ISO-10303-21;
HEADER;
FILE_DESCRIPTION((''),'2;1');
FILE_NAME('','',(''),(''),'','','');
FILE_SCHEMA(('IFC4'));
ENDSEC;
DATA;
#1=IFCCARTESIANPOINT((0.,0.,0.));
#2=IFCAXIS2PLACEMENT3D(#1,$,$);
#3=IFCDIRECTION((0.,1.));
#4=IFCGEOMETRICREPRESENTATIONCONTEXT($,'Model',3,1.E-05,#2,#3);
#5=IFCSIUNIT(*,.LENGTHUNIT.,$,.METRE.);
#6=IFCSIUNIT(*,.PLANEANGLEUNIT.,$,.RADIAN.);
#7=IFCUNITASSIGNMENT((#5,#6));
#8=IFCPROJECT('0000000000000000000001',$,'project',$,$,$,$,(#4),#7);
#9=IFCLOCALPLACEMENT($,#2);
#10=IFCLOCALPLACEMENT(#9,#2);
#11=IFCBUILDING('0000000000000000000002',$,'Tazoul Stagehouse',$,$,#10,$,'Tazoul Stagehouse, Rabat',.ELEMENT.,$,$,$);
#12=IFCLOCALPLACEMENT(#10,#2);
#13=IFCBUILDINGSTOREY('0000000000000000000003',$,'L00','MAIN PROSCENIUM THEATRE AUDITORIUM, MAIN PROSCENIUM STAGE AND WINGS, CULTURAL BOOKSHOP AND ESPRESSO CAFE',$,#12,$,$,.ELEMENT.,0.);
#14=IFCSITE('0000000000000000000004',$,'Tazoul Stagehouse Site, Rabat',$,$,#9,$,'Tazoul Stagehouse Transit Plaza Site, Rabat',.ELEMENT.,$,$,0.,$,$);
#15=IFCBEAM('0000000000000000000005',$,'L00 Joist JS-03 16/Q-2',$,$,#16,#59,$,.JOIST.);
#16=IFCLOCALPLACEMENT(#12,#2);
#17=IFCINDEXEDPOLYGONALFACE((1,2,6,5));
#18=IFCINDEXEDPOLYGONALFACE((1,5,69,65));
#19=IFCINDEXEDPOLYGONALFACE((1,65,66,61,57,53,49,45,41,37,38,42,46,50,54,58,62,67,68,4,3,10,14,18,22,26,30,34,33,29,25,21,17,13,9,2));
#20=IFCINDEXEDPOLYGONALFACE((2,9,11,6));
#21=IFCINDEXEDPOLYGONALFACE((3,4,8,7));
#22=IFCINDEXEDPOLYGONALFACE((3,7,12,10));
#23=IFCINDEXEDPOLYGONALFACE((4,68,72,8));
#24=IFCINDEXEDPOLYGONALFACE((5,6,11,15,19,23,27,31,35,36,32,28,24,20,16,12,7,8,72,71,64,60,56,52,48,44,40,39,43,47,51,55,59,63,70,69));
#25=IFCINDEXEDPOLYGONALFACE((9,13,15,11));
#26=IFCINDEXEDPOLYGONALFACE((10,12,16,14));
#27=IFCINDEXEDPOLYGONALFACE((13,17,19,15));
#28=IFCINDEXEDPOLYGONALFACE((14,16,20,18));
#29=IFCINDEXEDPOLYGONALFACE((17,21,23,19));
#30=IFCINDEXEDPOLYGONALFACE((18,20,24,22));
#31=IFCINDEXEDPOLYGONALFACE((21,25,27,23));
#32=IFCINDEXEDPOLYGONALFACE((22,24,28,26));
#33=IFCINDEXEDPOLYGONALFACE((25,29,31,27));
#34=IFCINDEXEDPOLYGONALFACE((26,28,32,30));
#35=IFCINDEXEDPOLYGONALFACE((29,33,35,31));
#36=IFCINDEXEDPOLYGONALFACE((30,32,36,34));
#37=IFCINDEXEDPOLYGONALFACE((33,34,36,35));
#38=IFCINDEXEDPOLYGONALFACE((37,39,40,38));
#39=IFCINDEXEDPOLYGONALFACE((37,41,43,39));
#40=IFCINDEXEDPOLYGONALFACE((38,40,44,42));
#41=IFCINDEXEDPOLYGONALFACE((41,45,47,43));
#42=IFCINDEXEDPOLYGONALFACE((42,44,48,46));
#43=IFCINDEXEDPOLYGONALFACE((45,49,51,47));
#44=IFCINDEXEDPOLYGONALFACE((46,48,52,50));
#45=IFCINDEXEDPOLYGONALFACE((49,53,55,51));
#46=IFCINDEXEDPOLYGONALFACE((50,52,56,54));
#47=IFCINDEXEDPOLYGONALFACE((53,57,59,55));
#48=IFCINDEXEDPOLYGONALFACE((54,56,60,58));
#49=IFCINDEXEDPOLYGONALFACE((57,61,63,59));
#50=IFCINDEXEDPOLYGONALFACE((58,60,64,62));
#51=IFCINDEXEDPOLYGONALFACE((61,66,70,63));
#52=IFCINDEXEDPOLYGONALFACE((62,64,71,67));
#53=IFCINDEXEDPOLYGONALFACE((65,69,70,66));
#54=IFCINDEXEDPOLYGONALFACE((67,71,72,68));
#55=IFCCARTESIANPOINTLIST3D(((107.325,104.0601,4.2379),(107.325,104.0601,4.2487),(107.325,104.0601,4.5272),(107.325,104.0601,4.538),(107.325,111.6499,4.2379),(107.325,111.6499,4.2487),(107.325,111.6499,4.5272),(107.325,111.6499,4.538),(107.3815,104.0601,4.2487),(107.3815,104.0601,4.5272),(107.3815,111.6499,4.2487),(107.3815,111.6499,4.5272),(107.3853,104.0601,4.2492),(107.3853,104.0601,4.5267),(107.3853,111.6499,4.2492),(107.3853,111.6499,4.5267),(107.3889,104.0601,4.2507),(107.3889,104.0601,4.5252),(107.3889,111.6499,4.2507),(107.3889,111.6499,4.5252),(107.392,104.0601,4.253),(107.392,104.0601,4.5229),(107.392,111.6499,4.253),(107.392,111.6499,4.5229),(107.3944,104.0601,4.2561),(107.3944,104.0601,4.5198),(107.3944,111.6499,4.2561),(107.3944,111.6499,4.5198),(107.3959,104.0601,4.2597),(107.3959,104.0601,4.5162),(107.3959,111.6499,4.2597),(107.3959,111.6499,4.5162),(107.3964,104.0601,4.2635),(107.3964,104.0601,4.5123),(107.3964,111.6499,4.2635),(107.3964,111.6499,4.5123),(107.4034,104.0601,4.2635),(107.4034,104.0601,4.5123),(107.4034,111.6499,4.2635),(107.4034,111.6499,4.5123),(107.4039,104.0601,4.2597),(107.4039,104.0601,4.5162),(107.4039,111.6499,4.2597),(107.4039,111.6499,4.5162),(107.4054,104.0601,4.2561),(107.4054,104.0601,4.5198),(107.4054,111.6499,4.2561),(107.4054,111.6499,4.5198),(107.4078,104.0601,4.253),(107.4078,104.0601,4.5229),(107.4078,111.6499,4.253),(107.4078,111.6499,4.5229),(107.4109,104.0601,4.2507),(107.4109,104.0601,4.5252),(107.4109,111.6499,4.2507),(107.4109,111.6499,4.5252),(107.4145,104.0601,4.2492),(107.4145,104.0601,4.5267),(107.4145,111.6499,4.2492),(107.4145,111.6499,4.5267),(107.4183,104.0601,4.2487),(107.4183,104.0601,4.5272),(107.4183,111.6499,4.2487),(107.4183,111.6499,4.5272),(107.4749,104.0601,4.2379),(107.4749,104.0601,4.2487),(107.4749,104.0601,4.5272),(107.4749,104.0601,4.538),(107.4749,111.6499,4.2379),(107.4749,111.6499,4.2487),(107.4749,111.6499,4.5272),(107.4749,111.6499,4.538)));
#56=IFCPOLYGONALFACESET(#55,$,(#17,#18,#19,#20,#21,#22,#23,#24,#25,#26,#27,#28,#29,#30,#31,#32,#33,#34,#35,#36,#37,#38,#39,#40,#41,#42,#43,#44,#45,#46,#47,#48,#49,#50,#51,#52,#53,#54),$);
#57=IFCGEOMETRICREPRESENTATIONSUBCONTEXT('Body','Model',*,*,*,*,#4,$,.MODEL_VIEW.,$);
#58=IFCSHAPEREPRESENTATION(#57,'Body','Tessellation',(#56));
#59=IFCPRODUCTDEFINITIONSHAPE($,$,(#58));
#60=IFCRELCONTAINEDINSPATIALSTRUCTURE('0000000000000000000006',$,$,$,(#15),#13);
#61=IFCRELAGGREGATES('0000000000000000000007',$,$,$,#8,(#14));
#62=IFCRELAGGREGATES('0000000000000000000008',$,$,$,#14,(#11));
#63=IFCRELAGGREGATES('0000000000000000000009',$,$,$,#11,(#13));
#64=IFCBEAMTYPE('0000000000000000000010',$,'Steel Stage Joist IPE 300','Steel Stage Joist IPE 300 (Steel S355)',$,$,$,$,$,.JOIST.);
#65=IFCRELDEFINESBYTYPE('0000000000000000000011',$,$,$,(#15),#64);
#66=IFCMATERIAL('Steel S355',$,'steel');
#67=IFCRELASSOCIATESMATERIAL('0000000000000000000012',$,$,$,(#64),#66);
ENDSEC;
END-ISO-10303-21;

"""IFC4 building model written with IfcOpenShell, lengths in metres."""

from ifc_helpers import new_model, si_unit, direction, frame, origin, origin_2d, place, context, subcontext, project, spatial, i_section, extrude, material, material_profile, profile_set, type_object, element, save


model = new_model("IFC4")

# Units and contexts
model_context = context("Model", 3, precision=1e-05, world=origin(), true_north=direction((0.0, 1.0)))
body_context = subcontext(model_context, "Body", "Model", "MODEL_VIEW")
ifc_project = project(units=[si_unit("LENGTHUNIT", "METRE"), si_unit("PLANEANGLEUNIT", "RADIAN")], contexts=[model_context])

# Site, building, storey
site_placement = place(None, origin())
site = spatial("IfcSite", under=ifc_project, at=site_placement, Name="Tazoul Stagehouse Site, Rabat", LongName="Tazoul Stagehouse Transit Plaza Site, Rabat", CompositionType="ELEMENT", RefElevation=0.0)
building_placement = place(site_placement, origin())
building = spatial("IfcBuilding", under=site, at=building_placement, Name="Tazoul Stagehouse", LongName="Tazoul Stagehouse, Rabat", CompositionType="ELEMENT")
storey_placement = place(building_placement, origin())
storey = spatial("IfcBuildingStorey", under=building, at=storey_placement, Name="L00", Description="MAIN PROSCENIUM THEATRE AUDITORIUM, MAIN PROSCENIUM STAGE AND WINGS, CULTURAL BOOKSHOP AND ESPRESSO CAFE", CompositionType="ELEMENT", Elevation=0.0)

# Beam
ifc_material_1 = material(Name="Steel S355", Category="steel")
ifc_material_profile_1 = material_profile(ifc_material_1, i_section(OverallWidth=0.1499, OverallDepth=0.3, WebThickness=0.0071, FlangeThickness=0.0107, FilletRadius=0.0149, at=origin_2d()), Name="IPE 300")
ifc_profile_set_1 = profile_set([ifc_material_profile_1], Name="Steel S355")
beam_type_1 = type_object("IfcBeamType", Name="Steel Stage Joist IPE 300", Description="Steel Stage Joist IPE 300 (Steel S355)", PredefinedType="JOIST", material=ifc_profile_set_1)
for number, where, z_axis, x_axis, name in (
    (1, (107.3999, 104.0601, 4.3879), (0.0, 1.0, 0.0), (-1.0, 0.0, 0.0), "L00 Joist JS-03 16/Q-2"),
):
    element("IfcBeam", number, at=place(storey_placement, frame(where, z_axis=z_axis, x_axis=x_axis)), inside=storey, type_object=beam_type_1, Name=name, PredefinedType="JOIST", context=body_context, shape_type="SweptSolid", body=[
        extrude(i_section(OverallWidth=0.1499, OverallDepth=0.3, WebThickness=0.0071, FlangeThickness=0.0107, FilletRadius=0.0149, at=origin_2d()), origin(), (0.0, 0.0, 1.0), 7.5898),
    ])

save(model, "model.ifc")
